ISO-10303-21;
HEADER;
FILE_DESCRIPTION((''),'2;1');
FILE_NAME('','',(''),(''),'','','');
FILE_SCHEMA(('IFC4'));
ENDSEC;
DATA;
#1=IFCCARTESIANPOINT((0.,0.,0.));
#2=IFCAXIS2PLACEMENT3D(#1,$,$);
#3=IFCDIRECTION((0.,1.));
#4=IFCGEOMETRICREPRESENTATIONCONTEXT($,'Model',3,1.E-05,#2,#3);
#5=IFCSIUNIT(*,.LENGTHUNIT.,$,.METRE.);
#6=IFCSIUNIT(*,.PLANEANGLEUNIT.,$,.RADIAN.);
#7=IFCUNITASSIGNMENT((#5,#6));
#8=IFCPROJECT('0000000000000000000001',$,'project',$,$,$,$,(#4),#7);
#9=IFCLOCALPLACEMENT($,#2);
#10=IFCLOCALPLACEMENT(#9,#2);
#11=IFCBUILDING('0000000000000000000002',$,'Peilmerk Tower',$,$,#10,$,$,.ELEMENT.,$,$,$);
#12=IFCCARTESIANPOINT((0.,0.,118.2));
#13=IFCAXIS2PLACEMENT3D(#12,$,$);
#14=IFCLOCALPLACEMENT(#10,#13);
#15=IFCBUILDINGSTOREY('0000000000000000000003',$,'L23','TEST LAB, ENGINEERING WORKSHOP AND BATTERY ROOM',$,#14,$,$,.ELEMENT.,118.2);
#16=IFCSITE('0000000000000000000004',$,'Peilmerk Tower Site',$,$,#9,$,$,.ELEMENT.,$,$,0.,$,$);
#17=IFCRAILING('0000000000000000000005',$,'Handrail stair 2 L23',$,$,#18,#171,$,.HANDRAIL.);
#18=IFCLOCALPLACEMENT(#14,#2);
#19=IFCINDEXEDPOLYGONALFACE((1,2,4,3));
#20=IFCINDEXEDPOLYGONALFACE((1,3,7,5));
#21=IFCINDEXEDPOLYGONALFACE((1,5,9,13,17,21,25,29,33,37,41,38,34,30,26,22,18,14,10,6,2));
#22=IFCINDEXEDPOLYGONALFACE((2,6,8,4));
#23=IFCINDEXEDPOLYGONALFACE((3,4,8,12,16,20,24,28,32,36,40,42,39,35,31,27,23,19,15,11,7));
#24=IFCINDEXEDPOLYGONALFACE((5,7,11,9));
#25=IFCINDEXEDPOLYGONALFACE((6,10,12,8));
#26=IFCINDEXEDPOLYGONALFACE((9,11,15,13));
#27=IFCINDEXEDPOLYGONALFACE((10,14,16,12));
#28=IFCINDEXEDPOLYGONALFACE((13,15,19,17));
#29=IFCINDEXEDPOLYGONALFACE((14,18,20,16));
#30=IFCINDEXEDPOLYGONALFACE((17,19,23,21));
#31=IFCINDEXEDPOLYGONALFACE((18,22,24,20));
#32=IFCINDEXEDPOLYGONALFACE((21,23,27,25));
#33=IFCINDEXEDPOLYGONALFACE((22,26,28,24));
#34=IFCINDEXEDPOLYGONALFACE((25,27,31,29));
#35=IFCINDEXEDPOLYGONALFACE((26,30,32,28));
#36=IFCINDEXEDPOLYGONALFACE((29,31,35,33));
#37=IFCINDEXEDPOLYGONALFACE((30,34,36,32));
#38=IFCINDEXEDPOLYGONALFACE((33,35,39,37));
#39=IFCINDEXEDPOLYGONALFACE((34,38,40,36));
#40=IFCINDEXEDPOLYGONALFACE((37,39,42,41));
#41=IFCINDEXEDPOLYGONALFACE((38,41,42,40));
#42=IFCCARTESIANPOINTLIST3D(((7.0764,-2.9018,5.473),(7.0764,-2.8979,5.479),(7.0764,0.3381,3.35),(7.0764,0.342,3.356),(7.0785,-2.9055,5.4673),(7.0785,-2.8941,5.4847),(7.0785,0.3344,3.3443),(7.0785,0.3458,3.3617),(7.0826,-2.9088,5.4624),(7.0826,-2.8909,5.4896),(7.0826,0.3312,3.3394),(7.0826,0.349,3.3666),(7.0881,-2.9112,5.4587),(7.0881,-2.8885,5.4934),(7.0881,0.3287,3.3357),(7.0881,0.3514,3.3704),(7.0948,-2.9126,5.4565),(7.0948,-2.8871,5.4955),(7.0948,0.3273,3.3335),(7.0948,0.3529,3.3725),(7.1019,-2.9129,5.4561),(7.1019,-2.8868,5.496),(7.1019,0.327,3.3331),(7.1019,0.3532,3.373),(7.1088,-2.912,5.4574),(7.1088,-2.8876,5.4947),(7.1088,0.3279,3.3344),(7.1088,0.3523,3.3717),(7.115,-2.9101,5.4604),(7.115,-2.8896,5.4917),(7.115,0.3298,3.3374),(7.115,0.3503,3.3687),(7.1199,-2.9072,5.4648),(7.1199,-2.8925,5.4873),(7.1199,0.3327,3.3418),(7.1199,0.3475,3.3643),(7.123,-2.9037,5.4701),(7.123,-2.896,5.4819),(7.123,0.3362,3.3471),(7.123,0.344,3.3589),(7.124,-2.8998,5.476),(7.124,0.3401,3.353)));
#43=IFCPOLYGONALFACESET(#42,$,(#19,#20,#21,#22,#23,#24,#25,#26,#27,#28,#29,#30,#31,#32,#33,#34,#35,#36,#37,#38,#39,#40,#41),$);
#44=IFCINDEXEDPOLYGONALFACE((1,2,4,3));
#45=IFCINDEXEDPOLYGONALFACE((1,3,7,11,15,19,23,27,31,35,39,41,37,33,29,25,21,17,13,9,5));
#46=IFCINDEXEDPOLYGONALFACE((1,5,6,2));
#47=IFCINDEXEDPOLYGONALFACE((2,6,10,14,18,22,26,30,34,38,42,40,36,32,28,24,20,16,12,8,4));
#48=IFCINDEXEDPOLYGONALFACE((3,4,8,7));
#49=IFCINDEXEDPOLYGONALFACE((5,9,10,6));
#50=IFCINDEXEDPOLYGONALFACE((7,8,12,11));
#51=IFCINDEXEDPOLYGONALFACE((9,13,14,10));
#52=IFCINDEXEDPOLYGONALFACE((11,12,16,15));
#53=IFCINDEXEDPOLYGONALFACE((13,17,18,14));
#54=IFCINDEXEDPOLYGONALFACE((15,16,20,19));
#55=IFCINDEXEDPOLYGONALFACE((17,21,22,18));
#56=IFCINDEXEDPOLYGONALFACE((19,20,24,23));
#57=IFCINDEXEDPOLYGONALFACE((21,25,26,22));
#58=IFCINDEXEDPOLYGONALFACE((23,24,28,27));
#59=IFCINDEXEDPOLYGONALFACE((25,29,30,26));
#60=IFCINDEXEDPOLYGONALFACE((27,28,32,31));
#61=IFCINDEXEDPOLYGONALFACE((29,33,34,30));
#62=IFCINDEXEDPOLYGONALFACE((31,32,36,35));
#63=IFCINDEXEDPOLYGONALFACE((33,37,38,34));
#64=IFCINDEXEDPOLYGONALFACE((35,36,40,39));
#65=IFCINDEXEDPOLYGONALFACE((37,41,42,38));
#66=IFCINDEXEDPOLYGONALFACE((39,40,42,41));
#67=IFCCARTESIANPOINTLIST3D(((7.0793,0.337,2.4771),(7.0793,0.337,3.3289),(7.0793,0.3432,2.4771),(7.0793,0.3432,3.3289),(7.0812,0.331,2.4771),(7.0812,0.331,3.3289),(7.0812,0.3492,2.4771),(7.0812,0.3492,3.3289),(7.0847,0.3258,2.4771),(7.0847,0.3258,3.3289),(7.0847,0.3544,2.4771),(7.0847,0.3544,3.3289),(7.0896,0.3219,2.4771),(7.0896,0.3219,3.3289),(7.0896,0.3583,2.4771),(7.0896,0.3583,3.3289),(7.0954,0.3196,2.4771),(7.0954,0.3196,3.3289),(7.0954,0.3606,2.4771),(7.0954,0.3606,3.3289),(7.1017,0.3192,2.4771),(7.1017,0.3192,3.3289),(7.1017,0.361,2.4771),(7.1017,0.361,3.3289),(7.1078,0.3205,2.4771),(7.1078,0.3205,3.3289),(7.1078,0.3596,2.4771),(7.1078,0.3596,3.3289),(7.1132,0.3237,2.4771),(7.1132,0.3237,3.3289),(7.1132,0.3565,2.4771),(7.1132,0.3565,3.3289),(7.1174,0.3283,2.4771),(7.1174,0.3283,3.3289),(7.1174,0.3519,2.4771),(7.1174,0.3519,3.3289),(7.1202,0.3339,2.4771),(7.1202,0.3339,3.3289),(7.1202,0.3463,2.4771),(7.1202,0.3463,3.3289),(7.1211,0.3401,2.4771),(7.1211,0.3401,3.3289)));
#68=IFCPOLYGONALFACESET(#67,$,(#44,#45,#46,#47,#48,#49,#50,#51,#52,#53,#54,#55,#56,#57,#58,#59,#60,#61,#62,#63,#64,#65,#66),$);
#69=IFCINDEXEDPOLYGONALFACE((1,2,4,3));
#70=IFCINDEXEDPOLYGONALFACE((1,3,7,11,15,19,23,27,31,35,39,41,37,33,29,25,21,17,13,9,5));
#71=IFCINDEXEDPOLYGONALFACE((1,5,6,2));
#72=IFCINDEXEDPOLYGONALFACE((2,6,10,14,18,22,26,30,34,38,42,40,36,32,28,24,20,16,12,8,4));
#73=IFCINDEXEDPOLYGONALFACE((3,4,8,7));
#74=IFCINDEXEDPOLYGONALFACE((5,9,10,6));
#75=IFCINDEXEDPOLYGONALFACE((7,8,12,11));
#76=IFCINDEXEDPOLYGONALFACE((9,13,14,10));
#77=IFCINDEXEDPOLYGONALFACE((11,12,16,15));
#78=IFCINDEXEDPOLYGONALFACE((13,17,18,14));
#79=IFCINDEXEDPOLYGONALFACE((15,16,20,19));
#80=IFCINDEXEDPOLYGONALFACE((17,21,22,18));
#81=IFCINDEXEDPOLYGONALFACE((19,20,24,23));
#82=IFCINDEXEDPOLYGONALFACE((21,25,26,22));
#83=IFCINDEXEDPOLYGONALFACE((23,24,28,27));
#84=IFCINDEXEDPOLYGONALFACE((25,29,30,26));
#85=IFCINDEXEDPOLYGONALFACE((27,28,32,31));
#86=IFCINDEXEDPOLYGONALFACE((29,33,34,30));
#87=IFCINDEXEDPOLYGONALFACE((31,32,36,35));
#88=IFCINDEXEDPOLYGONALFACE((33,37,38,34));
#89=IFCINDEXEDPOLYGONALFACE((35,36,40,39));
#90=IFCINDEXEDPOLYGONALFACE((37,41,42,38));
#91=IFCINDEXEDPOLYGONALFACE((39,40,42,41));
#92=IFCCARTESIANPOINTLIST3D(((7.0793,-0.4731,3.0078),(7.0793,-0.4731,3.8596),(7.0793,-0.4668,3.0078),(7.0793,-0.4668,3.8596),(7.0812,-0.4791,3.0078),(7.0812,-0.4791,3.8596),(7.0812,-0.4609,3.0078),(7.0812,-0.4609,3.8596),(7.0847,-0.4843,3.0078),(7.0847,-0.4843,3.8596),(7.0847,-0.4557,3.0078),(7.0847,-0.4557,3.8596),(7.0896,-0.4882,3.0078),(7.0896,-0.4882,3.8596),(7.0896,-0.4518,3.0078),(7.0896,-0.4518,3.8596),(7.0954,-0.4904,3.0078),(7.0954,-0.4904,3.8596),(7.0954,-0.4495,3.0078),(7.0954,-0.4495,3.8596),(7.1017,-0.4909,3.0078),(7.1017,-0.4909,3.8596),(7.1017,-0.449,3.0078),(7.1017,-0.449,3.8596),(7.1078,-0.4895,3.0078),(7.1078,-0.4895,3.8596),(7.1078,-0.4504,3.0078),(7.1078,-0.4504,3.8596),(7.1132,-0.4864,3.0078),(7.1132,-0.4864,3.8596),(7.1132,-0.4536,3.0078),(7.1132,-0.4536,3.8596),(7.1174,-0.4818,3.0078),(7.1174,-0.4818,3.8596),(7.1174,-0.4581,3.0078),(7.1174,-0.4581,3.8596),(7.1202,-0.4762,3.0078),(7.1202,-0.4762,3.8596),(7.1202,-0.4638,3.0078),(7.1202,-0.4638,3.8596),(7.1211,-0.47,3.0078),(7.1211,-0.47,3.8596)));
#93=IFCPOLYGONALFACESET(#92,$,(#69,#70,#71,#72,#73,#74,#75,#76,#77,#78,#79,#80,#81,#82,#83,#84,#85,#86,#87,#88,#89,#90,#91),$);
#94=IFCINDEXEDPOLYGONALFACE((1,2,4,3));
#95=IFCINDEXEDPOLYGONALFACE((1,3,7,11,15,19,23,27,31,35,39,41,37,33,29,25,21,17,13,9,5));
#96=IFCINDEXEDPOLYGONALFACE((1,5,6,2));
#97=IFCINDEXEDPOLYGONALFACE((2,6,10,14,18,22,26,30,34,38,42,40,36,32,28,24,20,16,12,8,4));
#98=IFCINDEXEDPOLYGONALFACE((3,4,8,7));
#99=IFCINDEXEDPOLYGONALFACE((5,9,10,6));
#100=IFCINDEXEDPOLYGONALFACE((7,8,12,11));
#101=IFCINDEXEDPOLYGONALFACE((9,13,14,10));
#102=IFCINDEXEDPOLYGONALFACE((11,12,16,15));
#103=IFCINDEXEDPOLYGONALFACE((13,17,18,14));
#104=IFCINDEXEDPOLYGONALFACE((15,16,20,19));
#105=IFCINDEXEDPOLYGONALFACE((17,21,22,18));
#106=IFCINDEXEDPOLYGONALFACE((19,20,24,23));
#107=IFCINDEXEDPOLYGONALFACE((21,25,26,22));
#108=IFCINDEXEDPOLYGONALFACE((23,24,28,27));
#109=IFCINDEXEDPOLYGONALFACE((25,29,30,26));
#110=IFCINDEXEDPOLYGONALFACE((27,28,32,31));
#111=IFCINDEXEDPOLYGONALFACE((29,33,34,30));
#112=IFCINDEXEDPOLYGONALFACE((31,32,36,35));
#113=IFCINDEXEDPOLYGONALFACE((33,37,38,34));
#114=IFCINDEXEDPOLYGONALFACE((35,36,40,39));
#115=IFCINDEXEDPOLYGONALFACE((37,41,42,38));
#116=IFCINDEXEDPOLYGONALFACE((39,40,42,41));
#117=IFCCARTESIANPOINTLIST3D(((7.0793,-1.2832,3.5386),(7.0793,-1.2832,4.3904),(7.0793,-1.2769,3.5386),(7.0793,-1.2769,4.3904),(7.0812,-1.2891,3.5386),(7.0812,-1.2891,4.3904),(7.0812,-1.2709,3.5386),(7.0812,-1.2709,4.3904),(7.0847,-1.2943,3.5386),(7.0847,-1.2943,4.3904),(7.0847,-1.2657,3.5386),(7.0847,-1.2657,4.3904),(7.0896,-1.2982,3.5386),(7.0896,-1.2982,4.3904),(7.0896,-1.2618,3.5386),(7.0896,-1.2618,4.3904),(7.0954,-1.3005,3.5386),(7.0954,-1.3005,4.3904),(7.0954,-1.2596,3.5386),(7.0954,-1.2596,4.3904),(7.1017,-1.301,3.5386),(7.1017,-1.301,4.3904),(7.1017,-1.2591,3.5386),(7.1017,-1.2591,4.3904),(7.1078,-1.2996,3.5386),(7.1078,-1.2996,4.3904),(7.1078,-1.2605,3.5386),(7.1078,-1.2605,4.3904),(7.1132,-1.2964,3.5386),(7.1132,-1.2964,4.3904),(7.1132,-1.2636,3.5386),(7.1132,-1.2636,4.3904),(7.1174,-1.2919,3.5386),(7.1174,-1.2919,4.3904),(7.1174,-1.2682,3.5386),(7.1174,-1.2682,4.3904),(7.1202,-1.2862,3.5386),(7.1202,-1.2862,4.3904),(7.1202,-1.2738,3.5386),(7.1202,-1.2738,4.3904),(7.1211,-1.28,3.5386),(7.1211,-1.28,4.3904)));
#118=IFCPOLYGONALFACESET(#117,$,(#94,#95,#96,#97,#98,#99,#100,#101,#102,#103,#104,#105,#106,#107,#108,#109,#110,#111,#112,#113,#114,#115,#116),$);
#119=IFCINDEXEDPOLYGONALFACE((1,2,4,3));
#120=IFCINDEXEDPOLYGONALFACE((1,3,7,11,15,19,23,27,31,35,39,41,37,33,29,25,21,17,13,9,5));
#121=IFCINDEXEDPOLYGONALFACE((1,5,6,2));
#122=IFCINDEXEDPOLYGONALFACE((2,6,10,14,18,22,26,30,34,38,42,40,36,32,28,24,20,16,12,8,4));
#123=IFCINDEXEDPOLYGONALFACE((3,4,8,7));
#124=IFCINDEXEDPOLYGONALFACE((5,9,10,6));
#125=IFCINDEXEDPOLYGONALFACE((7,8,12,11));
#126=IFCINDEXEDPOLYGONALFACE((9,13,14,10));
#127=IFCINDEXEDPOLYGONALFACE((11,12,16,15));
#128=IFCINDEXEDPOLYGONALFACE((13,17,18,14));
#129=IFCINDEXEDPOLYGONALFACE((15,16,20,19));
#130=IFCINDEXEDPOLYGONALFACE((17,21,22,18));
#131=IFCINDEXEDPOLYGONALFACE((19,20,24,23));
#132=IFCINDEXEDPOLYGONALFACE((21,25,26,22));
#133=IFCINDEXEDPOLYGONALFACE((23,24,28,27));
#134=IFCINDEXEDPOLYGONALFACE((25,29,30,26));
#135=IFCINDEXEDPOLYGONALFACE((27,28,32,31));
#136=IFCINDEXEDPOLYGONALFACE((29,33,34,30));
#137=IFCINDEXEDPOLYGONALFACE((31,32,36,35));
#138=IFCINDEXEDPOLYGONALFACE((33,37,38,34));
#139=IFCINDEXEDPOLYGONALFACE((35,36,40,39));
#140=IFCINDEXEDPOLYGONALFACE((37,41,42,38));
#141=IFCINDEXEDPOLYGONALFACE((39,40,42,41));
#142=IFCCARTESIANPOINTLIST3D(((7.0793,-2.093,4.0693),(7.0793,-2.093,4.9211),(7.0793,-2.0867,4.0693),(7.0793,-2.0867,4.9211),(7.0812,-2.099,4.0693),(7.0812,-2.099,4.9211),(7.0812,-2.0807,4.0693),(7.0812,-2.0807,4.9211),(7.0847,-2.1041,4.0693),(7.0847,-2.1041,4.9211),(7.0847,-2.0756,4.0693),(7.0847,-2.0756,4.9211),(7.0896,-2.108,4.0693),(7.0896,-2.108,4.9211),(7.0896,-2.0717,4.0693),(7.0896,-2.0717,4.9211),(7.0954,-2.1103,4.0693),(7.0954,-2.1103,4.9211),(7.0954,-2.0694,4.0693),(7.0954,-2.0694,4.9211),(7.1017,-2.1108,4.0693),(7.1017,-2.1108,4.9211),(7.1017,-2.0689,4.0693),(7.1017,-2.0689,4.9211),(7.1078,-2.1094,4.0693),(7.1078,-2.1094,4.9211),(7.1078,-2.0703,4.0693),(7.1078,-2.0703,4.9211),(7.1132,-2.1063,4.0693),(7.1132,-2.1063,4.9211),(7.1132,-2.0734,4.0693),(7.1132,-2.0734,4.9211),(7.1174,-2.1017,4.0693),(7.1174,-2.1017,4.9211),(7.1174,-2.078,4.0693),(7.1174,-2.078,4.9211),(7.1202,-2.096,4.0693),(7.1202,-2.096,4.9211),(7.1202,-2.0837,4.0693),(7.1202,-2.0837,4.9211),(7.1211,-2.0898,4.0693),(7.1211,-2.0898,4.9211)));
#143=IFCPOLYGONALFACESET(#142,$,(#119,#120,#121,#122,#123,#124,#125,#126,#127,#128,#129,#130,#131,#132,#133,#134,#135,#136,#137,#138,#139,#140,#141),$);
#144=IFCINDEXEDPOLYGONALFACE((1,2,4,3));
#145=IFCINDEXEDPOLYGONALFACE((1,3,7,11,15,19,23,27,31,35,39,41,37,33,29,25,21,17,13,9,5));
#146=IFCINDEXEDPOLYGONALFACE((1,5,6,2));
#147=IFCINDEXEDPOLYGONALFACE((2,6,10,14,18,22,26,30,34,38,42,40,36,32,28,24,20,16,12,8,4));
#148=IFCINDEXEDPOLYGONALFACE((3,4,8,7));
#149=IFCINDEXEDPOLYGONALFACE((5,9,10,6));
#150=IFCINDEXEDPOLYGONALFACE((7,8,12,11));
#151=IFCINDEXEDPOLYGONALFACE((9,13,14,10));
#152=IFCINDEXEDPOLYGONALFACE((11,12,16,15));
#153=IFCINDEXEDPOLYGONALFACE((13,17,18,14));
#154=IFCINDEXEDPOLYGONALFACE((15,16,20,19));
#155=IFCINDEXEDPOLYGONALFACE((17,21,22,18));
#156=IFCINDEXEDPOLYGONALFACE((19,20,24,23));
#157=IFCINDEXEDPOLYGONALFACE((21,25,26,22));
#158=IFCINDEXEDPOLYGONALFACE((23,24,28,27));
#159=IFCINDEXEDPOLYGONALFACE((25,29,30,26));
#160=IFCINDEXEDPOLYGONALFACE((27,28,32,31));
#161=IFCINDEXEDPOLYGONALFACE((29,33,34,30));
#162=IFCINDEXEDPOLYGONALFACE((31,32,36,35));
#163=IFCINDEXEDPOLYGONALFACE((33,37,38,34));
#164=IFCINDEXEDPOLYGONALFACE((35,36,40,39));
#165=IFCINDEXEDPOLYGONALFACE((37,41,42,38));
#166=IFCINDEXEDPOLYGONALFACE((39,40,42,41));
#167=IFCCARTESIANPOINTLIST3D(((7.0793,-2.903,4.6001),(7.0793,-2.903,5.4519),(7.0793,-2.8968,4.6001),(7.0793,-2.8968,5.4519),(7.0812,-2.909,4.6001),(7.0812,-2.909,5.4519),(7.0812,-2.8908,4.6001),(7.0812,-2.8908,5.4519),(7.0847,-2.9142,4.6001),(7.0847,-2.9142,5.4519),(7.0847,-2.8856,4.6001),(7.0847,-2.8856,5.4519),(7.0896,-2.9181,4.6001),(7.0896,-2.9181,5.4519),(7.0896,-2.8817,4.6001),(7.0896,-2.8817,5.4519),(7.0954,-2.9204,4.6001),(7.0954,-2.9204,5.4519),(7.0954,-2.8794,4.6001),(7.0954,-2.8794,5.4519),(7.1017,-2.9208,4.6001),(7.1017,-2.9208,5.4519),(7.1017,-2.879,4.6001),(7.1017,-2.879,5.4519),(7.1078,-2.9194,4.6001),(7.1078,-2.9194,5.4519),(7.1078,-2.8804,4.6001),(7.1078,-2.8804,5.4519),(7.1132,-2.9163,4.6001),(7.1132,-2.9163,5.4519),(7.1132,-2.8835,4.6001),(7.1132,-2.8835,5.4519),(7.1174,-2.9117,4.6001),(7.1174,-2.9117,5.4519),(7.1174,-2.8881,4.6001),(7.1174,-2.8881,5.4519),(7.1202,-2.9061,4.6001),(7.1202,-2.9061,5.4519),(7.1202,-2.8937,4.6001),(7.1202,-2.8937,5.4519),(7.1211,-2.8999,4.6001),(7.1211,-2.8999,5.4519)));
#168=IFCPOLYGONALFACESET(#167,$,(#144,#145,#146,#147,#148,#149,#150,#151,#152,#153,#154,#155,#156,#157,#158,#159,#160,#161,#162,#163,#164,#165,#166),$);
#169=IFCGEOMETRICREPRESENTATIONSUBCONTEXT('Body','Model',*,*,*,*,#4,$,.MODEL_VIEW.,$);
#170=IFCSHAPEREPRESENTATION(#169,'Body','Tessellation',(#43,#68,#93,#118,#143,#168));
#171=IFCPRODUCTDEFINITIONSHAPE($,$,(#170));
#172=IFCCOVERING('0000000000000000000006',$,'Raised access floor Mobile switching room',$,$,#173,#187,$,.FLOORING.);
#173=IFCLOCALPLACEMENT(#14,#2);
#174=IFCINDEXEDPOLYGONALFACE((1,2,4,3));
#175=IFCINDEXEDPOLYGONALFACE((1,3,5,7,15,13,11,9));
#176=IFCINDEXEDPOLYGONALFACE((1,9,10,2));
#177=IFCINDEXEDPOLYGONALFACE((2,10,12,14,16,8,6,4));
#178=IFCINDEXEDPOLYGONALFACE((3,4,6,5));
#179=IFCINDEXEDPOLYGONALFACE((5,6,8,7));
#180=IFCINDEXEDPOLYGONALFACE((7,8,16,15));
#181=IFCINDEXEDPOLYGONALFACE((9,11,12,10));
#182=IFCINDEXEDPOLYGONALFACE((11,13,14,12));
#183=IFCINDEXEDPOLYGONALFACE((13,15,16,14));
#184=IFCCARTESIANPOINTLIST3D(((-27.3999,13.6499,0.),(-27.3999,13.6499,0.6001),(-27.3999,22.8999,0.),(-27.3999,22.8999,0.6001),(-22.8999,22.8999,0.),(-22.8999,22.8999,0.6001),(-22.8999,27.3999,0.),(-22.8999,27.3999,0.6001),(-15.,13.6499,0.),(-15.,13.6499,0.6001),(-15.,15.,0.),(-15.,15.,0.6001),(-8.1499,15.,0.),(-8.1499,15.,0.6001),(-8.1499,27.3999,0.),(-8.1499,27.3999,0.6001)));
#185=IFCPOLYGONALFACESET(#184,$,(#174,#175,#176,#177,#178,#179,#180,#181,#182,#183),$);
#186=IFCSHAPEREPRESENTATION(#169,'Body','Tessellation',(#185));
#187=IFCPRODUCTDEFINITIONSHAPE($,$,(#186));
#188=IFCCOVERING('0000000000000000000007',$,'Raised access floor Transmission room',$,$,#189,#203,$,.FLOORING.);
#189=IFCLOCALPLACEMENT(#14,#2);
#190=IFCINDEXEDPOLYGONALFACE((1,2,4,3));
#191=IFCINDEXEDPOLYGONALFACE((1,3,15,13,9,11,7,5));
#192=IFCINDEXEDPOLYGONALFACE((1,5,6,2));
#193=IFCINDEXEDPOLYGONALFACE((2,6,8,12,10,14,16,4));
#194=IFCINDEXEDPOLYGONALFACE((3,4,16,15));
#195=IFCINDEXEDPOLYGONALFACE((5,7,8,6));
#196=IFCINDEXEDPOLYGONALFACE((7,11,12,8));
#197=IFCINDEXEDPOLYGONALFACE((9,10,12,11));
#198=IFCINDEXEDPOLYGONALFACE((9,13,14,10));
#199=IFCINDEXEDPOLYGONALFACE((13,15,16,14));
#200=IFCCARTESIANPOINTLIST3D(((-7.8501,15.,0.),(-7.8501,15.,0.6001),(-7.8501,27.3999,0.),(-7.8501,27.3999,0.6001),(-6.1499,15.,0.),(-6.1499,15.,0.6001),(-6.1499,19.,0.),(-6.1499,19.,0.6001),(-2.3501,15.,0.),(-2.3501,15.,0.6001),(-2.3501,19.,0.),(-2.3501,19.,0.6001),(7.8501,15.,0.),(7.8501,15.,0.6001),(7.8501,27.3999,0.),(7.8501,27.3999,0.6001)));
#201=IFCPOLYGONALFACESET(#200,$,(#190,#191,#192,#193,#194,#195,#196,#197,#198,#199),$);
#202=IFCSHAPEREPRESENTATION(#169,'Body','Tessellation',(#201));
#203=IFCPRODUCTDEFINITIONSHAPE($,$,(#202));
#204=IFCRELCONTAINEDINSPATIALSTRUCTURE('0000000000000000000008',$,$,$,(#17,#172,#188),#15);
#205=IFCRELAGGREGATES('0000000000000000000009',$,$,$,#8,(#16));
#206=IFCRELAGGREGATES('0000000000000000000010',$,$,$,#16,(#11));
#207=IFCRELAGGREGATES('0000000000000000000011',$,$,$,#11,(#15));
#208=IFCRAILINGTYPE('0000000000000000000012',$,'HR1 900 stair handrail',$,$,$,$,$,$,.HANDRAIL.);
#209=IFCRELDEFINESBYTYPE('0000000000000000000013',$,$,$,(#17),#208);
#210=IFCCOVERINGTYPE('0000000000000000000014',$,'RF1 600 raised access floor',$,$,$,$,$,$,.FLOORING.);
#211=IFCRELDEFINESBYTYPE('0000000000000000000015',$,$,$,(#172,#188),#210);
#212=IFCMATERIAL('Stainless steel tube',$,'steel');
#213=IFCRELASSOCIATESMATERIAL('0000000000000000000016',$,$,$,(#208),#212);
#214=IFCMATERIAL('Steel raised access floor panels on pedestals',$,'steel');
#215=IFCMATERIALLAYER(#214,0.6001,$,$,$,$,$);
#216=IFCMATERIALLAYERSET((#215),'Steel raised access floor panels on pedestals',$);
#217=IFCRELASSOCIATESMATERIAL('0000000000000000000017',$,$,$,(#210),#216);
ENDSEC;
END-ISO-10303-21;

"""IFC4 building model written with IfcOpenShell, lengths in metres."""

from ifc_helpers import new_model, si_unit, direction, frame, origin, origin_2d, place, context, subcontext, project, spatial, polyline, circle, outline, extrude, material, layer, layer_set, type_object, element, save


model = new_model("IFC4")

# Units and contexts
model_context = context("Model", 3, precision=1e-05, world=origin(), true_north=direction((0.0, 1.0)))
body_context = subcontext(model_context, "Body", "Model", "MODEL_VIEW")
ifc_project = project(units=[si_unit("LENGTHUNIT", "METRE"), si_unit("PLANEANGLEUNIT", "RADIAN")], contexts=[model_context])

# Site, building, storey
site_placement = place(None, origin())
site = spatial("IfcSite", under=ifc_project, at=site_placement, Name="Peilmerk Tower Site", CompositionType="ELEMENT", RefElevation=0.0)
building_placement = place(site_placement, origin())
building = spatial("IfcBuilding", under=site, at=building_placement, Name="Peilmerk Tower", CompositionType="ELEMENT")
storey_placement = place(building_placement, frame((0.0, 0.0, 118.2)))
storey = spatial("IfcBuildingStorey", under=building, at=storey_placement, Name="L23", Description="TEST LAB, ENGINEERING WORKSHOP AND BATTERY ROOM", CompositionType="ELEMENT", Elevation=118.2)

# Railing
ifc_material_1 = material(Name="Stainless steel tube", Category="steel")
railing_type_1 = type_object("IfcRailingType", Name="HR1 900 stair handrail", PredefinedType="HANDRAIL", material=ifc_material_1)
railing_1_placement = place(storey_placement, frame((7.1001, 0.3401, 2.4771)))
element("IfcRailing", 1, at=railing_1_placement, inside=storey, type_object=railing_type_1, Name="Handrail stair 2 L23", PredefinedType="HANDRAIL", context=body_context, shape_type="SweptSolid", body=[
    extrude(circle(Radius=0.0239, at=origin_2d()), frame((0.0, 0.0, 0.876), z_axis=(0.0, -0.836426, 0.548079), x_axis=(1.0, 0.0, 0.0)), (0.0, 0.0, 1.0), 3.8735),
    extrude(circle(Radius=0.021, at=origin_2d()), origin(), (0.0, 0.0, 1.0), 0.8518),
    extrude(circle(Radius=0.021, at=origin_2d()), frame((0.0, -0.8101, 0.5308)), (0.0, 0.0, 1.0), 0.8518),
    extrude(circle(Radius=0.021, at=origin_2d()), frame((0.0, -1.6201, 1.0615)), (0.0, 0.0, 1.0), 0.8518),
    extrude(circle(Radius=0.021, at=origin_2d()), frame((0.0, -2.4299, 1.5923)), (0.0, 0.0, 1.0), 0.8518),
    extrude(circle(Radius=0.021, at=origin_2d()), frame((0.0, -3.24, 2.123)), (0.0, 0.0, 1.0), 0.8518),
])

# Coverings
ifc_material_2 = material(Name="Steel raised access floor panels on pedestals", Category="steel")
ifc_layer_1 = layer(ifc_material_2, 0.6001)
ifc_layer_set_1 = layer_set([ifc_layer_1], Name="Steel raised access floor panels on pedestals")
covering_type_1 = type_object("IfcCoveringType", Name="RF1 600 raised access floor", PredefinedType="FLOORING", material=ifc_layer_set_1)
covering_1_placement = place(storey_placement, origin())
element("IfcCovering", 2, at=covering_1_placement, inside=storey, type_object=covering_type_1, Name="Raised access floor Mobile switching room", PredefinedType="FLOORING", context=body_context, shape_type="SweptSolid", body=[
    extrude(outline(polyline([(-27.3999, 22.8999), (-27.3999, 13.6499), (-15.0, 13.6499), (-15.0, 15.0), (-8.1499, 15.0), (-8.1499, 27.3999), (-22.8999, 27.3999), (-22.8999, 22.8999), (-27.3999, 22.8999)])), origin(), (0.0, 0.0, 1.0), 0.6001),
])
covering_2_placement = place(storey_placement, origin())
element("IfcCovering", 3, at=covering_2_placement, inside=storey, type_object=covering_type_1, Name="Raised access floor Transmission room", PredefinedType="FLOORING", context=body_context, shape_type="SweptSolid", body=[
    extrude(outline(polyline([(7.8501, 15.0), (7.8501, 27.3999), (-7.8501, 27.3999), (-7.8501, 15.0), (-6.1499, 15.0), (-6.1499, 19.0), (-2.3501, 19.0), (-2.3501, 15.0), (7.8501, 15.0)])), origin(), (0.0, 0.0, 1.0), 0.6001),
])

save(model, "model.ifc")
